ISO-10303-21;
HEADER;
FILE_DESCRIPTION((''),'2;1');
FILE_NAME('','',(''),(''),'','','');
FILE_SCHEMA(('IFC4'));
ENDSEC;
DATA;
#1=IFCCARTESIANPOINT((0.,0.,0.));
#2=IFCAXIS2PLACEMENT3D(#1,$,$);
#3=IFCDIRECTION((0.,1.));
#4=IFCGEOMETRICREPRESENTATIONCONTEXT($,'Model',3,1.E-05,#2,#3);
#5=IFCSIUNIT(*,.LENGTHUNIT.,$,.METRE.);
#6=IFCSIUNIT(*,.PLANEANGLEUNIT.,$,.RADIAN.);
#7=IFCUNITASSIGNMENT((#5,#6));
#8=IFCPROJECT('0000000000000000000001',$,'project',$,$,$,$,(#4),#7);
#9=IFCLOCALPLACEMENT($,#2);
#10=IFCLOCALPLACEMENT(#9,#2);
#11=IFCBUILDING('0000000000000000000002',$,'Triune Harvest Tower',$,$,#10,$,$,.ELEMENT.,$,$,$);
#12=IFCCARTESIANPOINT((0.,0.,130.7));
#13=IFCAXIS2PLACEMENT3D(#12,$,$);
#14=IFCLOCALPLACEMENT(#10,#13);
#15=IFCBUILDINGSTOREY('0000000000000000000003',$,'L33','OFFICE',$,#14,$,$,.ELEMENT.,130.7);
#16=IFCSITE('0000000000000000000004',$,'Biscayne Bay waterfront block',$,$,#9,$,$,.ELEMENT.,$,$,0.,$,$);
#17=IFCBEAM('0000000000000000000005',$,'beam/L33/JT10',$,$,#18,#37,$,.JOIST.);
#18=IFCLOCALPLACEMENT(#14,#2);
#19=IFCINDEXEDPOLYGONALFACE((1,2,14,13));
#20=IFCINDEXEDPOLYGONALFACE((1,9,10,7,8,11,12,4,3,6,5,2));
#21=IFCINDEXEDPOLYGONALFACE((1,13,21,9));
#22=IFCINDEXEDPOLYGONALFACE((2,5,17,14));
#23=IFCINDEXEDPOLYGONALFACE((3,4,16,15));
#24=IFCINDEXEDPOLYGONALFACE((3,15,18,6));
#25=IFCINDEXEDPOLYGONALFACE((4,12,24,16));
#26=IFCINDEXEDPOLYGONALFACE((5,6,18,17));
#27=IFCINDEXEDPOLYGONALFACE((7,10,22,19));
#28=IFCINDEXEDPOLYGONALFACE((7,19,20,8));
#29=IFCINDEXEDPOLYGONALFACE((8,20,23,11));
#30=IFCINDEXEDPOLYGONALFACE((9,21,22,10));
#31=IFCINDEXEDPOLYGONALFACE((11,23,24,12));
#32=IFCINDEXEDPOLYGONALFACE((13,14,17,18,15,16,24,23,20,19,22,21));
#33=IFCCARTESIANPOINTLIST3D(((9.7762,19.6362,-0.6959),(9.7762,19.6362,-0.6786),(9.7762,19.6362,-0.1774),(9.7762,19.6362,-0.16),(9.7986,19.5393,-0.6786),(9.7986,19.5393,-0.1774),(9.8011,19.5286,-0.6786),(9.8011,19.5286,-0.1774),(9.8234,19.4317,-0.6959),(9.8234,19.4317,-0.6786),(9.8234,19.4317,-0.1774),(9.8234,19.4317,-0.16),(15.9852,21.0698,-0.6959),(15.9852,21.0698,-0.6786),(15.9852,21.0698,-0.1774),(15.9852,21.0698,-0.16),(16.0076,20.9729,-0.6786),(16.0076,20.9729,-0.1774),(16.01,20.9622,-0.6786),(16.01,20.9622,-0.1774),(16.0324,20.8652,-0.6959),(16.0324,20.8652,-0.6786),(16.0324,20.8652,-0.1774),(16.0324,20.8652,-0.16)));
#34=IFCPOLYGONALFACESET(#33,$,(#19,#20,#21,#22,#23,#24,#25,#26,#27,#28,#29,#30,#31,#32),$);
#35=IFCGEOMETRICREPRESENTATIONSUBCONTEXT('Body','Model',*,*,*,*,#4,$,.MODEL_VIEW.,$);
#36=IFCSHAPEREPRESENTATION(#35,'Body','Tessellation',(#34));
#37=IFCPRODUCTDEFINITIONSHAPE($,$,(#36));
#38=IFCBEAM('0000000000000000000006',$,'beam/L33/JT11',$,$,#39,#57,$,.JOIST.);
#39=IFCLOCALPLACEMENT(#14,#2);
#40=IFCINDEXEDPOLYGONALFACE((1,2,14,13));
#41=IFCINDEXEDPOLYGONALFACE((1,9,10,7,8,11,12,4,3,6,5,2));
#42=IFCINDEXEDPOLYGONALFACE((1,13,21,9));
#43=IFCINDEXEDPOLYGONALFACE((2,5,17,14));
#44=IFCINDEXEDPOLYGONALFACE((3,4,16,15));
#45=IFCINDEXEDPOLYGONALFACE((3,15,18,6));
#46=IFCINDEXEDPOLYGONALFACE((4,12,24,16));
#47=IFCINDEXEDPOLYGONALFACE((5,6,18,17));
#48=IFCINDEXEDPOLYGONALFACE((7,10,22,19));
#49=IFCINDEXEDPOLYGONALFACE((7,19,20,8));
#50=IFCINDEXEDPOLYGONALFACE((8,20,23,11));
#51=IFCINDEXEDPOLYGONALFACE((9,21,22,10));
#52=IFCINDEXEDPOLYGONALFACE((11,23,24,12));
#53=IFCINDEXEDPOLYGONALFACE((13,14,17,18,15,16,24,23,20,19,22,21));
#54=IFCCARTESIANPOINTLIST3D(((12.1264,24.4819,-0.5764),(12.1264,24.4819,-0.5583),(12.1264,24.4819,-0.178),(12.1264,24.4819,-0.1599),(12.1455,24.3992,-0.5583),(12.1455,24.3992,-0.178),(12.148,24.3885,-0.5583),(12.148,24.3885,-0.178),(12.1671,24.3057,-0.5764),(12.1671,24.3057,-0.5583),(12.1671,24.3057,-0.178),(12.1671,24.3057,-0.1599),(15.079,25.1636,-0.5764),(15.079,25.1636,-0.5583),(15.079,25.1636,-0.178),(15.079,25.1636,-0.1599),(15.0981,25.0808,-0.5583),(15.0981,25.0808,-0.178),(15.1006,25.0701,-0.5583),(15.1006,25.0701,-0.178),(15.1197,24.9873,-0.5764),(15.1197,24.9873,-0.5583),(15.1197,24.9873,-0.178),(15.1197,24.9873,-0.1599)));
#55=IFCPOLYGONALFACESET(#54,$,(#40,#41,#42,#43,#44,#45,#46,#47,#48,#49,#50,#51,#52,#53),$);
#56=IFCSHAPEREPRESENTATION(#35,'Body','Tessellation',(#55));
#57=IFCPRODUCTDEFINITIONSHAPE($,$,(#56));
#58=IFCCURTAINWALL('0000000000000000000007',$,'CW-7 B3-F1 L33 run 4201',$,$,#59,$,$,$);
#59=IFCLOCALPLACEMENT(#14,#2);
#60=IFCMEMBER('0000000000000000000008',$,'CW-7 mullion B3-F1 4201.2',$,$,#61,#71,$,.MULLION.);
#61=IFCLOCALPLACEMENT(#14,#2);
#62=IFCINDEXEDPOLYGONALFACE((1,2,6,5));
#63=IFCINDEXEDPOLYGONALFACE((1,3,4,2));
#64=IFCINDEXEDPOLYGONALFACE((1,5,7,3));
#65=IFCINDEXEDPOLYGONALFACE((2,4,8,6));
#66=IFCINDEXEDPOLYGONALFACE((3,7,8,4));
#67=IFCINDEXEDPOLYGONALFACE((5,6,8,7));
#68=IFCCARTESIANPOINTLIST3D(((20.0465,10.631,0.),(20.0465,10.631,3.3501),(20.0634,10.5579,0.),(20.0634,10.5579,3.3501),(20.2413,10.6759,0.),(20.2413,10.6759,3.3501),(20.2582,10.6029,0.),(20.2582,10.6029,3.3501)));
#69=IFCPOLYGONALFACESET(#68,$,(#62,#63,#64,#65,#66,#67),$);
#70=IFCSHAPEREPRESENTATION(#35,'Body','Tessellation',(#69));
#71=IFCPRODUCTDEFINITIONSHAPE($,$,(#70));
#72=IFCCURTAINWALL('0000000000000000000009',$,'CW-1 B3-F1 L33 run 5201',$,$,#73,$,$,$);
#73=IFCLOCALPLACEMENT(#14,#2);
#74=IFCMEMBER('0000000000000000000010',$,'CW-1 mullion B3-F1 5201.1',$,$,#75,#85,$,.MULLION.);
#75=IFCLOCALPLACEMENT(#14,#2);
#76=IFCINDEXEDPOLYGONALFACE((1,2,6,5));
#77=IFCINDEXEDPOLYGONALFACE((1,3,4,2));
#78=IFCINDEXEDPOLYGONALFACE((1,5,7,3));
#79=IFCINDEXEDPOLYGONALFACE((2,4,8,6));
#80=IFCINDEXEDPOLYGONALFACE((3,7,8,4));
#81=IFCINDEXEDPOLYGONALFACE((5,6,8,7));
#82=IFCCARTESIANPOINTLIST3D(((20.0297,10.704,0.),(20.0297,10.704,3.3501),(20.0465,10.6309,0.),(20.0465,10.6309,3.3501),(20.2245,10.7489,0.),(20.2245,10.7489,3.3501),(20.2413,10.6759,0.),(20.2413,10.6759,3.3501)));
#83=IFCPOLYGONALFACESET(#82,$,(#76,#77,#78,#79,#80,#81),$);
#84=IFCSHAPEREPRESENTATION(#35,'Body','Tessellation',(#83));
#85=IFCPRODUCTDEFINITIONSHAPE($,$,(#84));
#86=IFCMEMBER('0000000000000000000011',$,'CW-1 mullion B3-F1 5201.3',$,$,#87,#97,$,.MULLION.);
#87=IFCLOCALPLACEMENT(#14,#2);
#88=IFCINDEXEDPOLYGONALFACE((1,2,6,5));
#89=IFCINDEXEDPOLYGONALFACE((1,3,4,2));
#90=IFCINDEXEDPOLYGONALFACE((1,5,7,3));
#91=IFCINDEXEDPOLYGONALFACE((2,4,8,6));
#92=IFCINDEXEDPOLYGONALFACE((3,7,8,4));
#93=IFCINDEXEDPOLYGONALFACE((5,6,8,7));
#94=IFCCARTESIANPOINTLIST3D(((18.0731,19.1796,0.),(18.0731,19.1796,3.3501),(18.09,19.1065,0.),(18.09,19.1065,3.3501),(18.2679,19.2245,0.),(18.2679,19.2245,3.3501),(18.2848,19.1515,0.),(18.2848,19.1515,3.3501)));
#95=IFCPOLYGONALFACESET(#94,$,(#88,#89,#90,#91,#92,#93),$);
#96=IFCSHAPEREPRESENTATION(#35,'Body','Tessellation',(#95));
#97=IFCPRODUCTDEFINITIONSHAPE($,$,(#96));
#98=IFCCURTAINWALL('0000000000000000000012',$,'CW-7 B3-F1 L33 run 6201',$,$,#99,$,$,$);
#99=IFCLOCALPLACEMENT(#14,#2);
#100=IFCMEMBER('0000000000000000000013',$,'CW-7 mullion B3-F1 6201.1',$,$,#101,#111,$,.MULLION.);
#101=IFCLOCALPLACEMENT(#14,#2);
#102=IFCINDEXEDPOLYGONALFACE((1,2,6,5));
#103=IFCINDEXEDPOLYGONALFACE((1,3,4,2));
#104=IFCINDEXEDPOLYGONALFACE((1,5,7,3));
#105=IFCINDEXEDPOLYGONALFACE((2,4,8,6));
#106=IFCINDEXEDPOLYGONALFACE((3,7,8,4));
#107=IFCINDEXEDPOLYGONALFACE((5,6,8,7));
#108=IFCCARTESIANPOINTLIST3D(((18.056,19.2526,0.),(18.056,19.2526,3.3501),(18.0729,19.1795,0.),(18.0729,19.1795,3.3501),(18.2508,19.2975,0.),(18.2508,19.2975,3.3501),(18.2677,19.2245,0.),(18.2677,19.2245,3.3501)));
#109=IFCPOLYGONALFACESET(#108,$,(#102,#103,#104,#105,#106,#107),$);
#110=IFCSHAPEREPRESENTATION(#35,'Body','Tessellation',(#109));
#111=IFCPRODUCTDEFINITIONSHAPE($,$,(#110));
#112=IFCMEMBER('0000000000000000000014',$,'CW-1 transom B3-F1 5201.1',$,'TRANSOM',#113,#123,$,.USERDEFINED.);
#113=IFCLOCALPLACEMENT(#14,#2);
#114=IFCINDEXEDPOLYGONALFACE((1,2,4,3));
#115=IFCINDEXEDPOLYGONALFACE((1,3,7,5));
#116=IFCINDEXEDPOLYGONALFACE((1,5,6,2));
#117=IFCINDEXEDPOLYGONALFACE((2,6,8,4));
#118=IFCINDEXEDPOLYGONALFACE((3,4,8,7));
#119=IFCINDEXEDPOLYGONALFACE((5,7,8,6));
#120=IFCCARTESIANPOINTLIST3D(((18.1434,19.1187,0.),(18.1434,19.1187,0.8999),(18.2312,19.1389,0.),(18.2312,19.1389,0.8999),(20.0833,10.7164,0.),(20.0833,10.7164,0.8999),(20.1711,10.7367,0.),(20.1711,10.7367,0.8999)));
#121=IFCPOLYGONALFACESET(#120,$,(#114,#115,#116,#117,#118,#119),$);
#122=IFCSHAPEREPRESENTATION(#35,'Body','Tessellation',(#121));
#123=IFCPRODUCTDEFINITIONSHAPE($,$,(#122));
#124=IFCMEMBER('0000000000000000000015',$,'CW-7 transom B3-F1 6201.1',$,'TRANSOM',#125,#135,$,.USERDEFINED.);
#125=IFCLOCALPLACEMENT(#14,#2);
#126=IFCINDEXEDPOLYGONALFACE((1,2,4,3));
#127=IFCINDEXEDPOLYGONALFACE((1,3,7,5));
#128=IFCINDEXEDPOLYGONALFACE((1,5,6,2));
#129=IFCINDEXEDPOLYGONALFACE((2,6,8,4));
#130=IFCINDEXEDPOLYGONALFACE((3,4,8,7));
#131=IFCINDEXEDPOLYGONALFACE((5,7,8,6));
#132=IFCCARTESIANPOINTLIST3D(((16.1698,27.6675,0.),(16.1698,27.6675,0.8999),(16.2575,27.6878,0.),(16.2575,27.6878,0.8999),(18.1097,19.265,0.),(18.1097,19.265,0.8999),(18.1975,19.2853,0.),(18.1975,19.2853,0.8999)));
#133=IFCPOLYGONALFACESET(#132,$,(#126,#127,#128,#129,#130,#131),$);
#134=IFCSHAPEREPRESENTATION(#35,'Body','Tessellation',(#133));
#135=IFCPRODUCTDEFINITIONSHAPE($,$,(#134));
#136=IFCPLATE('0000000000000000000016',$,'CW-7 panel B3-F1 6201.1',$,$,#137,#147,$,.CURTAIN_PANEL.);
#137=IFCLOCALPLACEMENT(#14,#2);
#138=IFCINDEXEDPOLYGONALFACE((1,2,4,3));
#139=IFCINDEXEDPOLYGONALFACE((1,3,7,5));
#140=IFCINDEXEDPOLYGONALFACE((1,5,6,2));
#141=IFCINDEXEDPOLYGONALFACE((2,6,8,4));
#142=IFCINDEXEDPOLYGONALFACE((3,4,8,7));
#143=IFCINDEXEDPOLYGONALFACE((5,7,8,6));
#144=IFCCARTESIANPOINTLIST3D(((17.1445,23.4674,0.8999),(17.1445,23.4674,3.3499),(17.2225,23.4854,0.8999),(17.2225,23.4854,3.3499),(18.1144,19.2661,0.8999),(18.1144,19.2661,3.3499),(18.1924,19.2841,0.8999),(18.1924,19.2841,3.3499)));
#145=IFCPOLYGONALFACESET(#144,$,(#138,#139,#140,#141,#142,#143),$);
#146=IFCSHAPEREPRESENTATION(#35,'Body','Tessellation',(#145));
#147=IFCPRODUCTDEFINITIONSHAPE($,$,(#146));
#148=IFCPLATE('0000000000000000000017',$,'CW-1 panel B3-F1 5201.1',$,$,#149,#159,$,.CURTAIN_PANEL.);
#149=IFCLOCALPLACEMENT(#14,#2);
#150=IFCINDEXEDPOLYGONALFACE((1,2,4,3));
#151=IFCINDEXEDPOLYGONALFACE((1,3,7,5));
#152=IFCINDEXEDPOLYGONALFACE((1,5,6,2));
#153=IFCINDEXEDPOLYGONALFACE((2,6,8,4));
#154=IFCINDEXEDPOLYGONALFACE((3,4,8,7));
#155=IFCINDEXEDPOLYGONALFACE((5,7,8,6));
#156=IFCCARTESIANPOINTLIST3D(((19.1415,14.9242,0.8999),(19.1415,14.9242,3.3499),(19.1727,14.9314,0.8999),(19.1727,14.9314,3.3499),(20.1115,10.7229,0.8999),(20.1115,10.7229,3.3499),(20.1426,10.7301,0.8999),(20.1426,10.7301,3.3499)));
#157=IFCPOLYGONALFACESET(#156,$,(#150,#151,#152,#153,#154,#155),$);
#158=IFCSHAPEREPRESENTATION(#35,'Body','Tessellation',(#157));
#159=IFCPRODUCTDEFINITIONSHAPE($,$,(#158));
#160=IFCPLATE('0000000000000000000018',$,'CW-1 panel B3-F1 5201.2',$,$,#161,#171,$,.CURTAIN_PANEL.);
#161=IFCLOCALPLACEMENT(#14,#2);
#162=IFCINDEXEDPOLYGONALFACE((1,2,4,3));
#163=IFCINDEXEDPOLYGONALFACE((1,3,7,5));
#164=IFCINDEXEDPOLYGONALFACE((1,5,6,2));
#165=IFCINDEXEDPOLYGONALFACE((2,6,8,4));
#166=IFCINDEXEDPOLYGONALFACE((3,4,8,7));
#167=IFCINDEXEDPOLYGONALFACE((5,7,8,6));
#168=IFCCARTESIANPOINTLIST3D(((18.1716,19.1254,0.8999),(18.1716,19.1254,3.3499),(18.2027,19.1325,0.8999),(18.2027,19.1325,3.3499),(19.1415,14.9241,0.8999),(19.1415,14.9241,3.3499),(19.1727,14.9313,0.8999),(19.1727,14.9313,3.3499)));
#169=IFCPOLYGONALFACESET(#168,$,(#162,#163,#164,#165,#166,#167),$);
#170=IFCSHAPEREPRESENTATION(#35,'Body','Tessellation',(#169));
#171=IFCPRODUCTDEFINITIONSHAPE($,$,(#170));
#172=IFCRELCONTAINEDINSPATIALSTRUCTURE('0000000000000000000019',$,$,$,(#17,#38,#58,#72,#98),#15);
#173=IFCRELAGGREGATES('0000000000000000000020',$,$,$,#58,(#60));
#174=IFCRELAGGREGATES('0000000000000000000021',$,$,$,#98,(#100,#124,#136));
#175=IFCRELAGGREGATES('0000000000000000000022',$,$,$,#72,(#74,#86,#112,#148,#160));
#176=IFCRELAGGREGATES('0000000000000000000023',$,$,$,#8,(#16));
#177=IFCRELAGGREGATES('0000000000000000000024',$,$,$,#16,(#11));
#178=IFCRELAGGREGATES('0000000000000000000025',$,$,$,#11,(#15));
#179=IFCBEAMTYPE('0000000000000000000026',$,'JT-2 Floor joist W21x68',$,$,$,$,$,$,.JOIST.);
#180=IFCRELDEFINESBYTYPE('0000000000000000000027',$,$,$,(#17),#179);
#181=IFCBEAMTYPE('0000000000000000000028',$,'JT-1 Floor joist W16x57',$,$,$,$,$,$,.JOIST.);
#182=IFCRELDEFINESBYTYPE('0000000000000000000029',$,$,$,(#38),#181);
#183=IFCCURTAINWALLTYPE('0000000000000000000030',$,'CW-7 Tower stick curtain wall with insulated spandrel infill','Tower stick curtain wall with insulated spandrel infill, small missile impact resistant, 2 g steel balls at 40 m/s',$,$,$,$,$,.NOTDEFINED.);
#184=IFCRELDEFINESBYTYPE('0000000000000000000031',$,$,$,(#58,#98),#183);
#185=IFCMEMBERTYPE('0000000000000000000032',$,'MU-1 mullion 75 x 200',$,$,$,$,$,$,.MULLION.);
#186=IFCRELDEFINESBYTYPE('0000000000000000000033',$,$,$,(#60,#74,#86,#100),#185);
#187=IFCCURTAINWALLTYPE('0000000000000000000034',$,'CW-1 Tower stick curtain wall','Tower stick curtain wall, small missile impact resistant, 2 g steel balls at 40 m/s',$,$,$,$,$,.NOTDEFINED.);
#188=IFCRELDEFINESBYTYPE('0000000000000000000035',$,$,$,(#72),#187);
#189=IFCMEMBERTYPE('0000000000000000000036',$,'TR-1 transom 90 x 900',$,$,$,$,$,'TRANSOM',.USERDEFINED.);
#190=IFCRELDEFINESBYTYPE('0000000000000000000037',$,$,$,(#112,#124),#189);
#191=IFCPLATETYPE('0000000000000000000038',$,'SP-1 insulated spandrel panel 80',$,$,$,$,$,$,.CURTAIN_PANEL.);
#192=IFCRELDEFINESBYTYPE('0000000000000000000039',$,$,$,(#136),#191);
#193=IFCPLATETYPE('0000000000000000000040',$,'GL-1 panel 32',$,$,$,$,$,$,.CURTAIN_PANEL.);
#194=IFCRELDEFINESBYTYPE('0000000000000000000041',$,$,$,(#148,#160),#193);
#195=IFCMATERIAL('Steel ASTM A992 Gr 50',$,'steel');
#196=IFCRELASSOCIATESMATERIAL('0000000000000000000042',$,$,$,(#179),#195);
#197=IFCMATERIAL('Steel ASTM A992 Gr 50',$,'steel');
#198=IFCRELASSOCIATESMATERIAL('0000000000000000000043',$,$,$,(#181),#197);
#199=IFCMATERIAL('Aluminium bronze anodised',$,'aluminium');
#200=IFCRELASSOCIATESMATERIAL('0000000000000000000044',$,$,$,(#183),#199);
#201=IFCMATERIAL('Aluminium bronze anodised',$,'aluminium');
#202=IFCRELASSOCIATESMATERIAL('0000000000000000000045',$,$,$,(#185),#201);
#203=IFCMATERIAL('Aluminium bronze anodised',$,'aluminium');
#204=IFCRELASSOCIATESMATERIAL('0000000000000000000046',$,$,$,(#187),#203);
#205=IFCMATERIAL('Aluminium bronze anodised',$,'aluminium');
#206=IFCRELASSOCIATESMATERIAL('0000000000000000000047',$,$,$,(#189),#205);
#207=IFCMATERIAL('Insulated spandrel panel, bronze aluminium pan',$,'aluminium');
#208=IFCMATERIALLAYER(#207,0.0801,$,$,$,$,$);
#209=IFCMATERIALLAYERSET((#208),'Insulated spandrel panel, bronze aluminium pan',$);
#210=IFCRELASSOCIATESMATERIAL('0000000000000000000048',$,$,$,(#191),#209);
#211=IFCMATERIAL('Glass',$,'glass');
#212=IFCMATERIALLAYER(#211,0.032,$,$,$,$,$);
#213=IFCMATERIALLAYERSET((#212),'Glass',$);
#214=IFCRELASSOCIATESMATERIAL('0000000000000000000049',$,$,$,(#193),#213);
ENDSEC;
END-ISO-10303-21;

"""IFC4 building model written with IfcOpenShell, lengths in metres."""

from ifc_helpers import new_model, si_unit, direction, frame, origin, origin_2d, place, context, subcontext, project, spatial, rectangle, i_section, extrude, source, transform, mapped, material, layer, layer_set, material_profile, profile_set, type_object, element, aggregate, save


model = new_model("IFC4")

# Units and contexts
model_context = context("Model", 3, precision=1e-05, world=origin(), true_north=direction((0.0, 1.0)))
body_context = subcontext(model_context, "Body", "Model", "MODEL_VIEW")
ifc_project = project(units=[si_unit("LENGTHUNIT", "METRE"), si_unit("PLANEANGLEUNIT", "RADIAN")], contexts=[model_context])

# Site, building, storey
site_placement = place(None, origin())
site = spatial("IfcSite", under=ifc_project, at=site_placement, Name="Biscayne Bay waterfront block", CompositionType="ELEMENT", RefElevation=0.0)
building_placement = place(site_placement, origin())
building = spatial("IfcBuilding", under=site, at=building_placement, Name="Triune Harvest Tower", CompositionType="ELEMENT")
storey_placement = place(building_placement, frame((0.0, 0.0, 130.7)))
storey = spatial("IfcBuildingStorey", under=building, at=storey_placement, Name="L33", Description="OFFICE", CompositionType="ELEMENT", Elevation=130.7)

# Beams
ifc_material_1 = material(Name="Steel ASTM A992 Gr 50", Category="steel")
ifc_material_profile_1 = material_profile(ifc_material_1, i_section(OverallWidth=0.21, OverallDepth=0.5359, WebThickness=0.011, FlangeThickness=0.0173, at=origin_2d()), Name="W21x68")
ifc_profile_set_1 = profile_set([ifc_material_profile_1], Name="Steel ASTM A992 Gr 50")
beam_type_1 = type_object("IfcBeamType", Name="JT-2 Floor joist W21x68", PredefinedType="JOIST", material=ifc_profile_set_1)
shared_shape_1 = source(origin(), body_context, "Body", "SweptSolid", [
    extrude(i_section(OverallWidth=0.21, OverallDepth=0.5359, WebThickness=0.011, FlangeThickness=0.0173, at=origin_2d()), origin(), (0.0, 0.0, 1.0), 6.3723),
])
beam_1_placement = place(storey_placement, frame((16.0088, 20.9675, -0.428), z_axis=(-0.974365, -0.224971, 0.0), x_axis=(0.224971, -0.974365, 0.0)))
element("IfcBeam", 1, at=beam_1_placement, inside=storey, type_object=beam_type_1, Name="beam/L33/JT10", PredefinedType="JOIST", context=body_context, shape_type="MappedRepresentation", body=[
    mapped(shared_shape_1, transform((0.0, 0.0, 0.0), scale=1.0)),
])
ifc_material_2 = material(Name="Steel ASTM A992 Gr 50", Category="steel")
ifc_material_profile_2 = material_profile(ifc_material_2, i_section(OverallWidth=0.1809, OverallDepth=0.4165, WebThickness=0.011, FlangeThickness=0.0181, at=origin_2d()), Name="W16x57")
ifc_profile_set_2 = profile_set([ifc_material_profile_2], Name="Steel ASTM A992 Gr 50")
beam_type_2 = type_object("IfcBeamType", Name="JT-1 Floor joist W16x57", PredefinedType="JOIST", material=ifc_profile_set_2)
shared_shape_2 = source(origin(), body_context, "Body", "SweptSolid", [
    extrude(i_section(OverallWidth=0.1809, OverallDepth=0.4165, WebThickness=0.011, FlangeThickness=0.0181, at=origin_2d()), origin(), (0.0, 0.0, 1.0), 3.0303),
])
beam_2_placement = place(storey_placement, frame((15.0994, 25.0754, -0.3682), z_axis=(-0.974372, -0.224942, 0.0), x_axis=(0.224942, -0.974372, 0.0)))
element("IfcBeam", 2, at=beam_2_placement, inside=storey, type_object=beam_type_2, Name="beam/L33/JT11", PredefinedType="JOIST", context=body_context, shape_type="MappedRepresentation", body=[
    mapped(shared_shape_2, transform((0.0, 0.0, 0.0), scale=1.0)),
])

# Curtain wall, member
ifc_material_3 = material(Name="Aluminium bronze anodised", Category="aluminium")
curtain_wall_type_1 = type_object("IfcCurtainWallType", Name="CW-7 Tower stick curtain wall with insulated spandrel infill", Description="Tower stick curtain wall with insulated spandrel infill, small missile impact resistant, 2 g steel balls at 40 m/s", PredefinedType="NOTDEFINED", material=ifc_material_3)
curtain_wall_1_placement = place(storey_placement, origin())
curtain_wall_1 = element("IfcCurtainWall", 3, at=curtain_wall_1_placement, inside=storey, type_object=curtain_wall_type_1, Name="CW-7 B3-F1 L33 run 4201")
ifc_material_4 = material(Name="Aluminium bronze anodised", Category="aluminium")
ifc_material_profile_3 = material_profile(ifc_material_4, rectangle(XDim=0.2, YDim=0.075, at=origin_2d()), Name="MU-1 mullion 75 x 200")
ifc_profile_set_3 = profile_set([ifc_material_profile_3], Name="Aluminium bronze anodised")
member_type_1 = type_object("IfcMemberType", Name="MU-1 mullion 75 x 200", PredefinedType="MULLION", material=ifc_profile_set_3)
shared_shape_3 = source(origin(), body_context, "Body", "SweptSolid", [
    extrude(rectangle(XDim=0.2, YDim=0.075, at=origin_2d()), origin(), (0.0, 0.0, 1.0), 3.3501),
])
member_1_placement = place(storey_placement, frame((20.1523, 10.6169, 0.0), z_axis=(0.0, 0.0, 1.0), x_axis=(-0.97437, -0.224951, 0.0)))
member_1 = element("IfcMember", 4, at=member_1_placement, type_object=member_type_1, Name="CW-7 mullion B3-F1 4201.2", PredefinedType="MULLION", context=body_context, shape_type="MappedRepresentation", body=[
    mapped(shared_shape_3, transform((0.0, 0.0, 0.0), scale=1.0)),
])
aggregate(curtain_wall_1, [member_1])

# Curtain wall, members
ifc_material_5 = material(Name="Aluminium bronze anodised", Category="aluminium")
curtain_wall_type_2 = type_object("IfcCurtainWallType", Name="CW-1 Tower stick curtain wall", Description="Tower stick curtain wall, small missile impact resistant, 2 g steel balls at 40 m/s", PredefinedType="NOTDEFINED", material=ifc_material_5)
curtain_wall_2_placement = place(storey_placement, origin())
curtain_wall_2 = element("IfcCurtainWall", 5, at=curtain_wall_2_placement, inside=storey, type_object=curtain_wall_type_2, Name="CW-1 B3-F1 L33 run 5201")
member_2_placement = place(storey_placement, frame((20.1355, 10.6899, 0.0), z_axis=(0.0, 0.0, 1.0), x_axis=(-0.97437, -0.224951, 0.0)))
member_2 = element("IfcMember", 6, at=member_2_placement, type_object=member_type_1, Name="CW-1 mullion B3-F1 5201.1", PredefinedType="MULLION", context=body_context, shape_type="MappedRepresentation", body=[
    mapped(shared_shape_3, transform((0.0, 0.0, 0.0), scale=1.0)),
])
member_3_placement = place(storey_placement, frame((18.179, 19.1655, 0.0), z_axis=(0.0, 0.0, 1.0), x_axis=(-0.97437, -0.224951, 0.0)))
member_3 = element("IfcMember", 7, at=member_3_placement, type_object=member_type_1, Name="CW-1 mullion B3-F1 5201.3", PredefinedType="MULLION", context=body_context, shape_type="MappedRepresentation", body=[
    mapped(shared_shape_3, transform((0.0, 0.0, 0.0), scale=1.0)),
])

# Curtain wall, member
curtain_wall_3_placement = place(storey_placement, origin())
curtain_wall_3 = element("IfcCurtainWall", 8, at=curtain_wall_3_placement, inside=storey, type_object=curtain_wall_type_1, Name="CW-7 B3-F1 L33 run 6201")
member_4_placement = place(storey_placement, frame((18.1619, 19.2385, 0.0), z_axis=(0.0, 0.0, 1.0), x_axis=(-0.974371, -0.224949, 0.0)))
member_4 = element("IfcMember", 9, at=member_4_placement, type_object=member_type_1, Name="CW-7 mullion B3-F1 6201.1", PredefinedType="MULLION", context=body_context, shape_type="MappedRepresentation", body=[
    mapped(shared_shape_3, transform((0.0, 0.0, 0.0), scale=1.0)),
])

# Members
ifc_material_6 = material(Name="Aluminium bronze anodised", Category="aluminium")
ifc_material_profile_4 = material_profile(ifc_material_6, rectangle(XDim=0.0901, YDim=0.8999, at=origin_2d()), Name="TR-1 transom 90 x 900")
ifc_profile_set_4 = profile_set([ifc_material_profile_4], Name="Aluminium bronze anodised")
member_type_2 = type_object("IfcMemberType", Name="TR-1 transom 90 x 900", ElementType="TRANSOM", PredefinedType="USERDEFINED", material=ifc_profile_set_4)
shared_shape_4 = source(origin(), body_context, "Body", "SweptSolid", [
    extrude(rectangle(XDim=0.0901, YDim=0.8999, at=origin_2d()), origin(), (0.0, 0.0, 1.0), 8.6233),
])
member_5_placement = place(storey_placement, frame((20.1272, 10.7266, 0.45), z_axis=(-0.224963, 0.974367, 0.0), x_axis=(-0.974367, -0.224963, 0.0)))
member_5 = element("IfcMember", 10, at=member_5_placement, type_object=member_type_2, Name="CW-1 transom B3-F1 5201.1", ObjectType="TRANSOM", PredefinedType="USERDEFINED", context=body_context, shape_type="MappedRepresentation", body=[
    mapped(shared_shape_4, transform((0.0, 0.0, 0.0), scale=1.0)),
])
shared_shape_5 = source(origin(), body_context, "Body", "SweptSolid", [
    extrude(rectangle(XDim=0.0901, YDim=0.8999, at=origin_2d()), origin(), (0.0, 0.0, 1.0), 8.6235),
])
member_6_placement = place(storey_placement, frame((18.1536, 19.2751, 0.45), z_axis=(-0.224957, 0.974369, 0.0), x_axis=(-0.974369, -0.224957, 0.0)))
member_6 = element("IfcMember", 11, at=member_6_placement, type_object=member_type_2, Name="CW-7 transom B3-F1 6201.1", ObjectType="TRANSOM", PredefinedType="USERDEFINED", context=body_context, shape_type="MappedRepresentation", body=[
    mapped(shared_shape_5, transform((0.0, 0.0, 0.0), scale=1.0)),
])

# Plates
ifc_material_7 = material(Name="Insulated spandrel panel, bronze aluminium pan", Category="aluminium")
ifc_layer_1 = layer(ifc_material_7, 0.0801)
ifc_layer_set_1 = layer_set([ifc_layer_1], Name="Insulated spandrel panel, bronze aluminium pan")
plate_type_1 = type_object("IfcPlateType", Name="SP-1 insulated spandrel panel 80", PredefinedType="CURTAIN_PANEL", material=ifc_layer_set_1)
shared_shape_6 = source(origin(), body_context, "Body", "SweptSolid", [
    extrude(rectangle(XDim=4.3118, YDim=0.0801, at=origin_2d()), origin(), (0.0, 0.0, 1.0), 2.45),
])
plate_1_placement = place(storey_placement, frame((17.6685, 21.3757, 0.8999), z_axis=(0.0, 0.0, 1.0), x_axis=(-0.224949, 0.974371, 0.0)))
plate_1 = element("IfcPlate", 12, at=plate_1_placement, type_object=plate_type_1, Name="CW-7 panel B3-F1 6201.1", PredefinedType="CURTAIN_PANEL", context=body_context, shape_type="MappedRepresentation", body=[
    mapped(shared_shape_6, transform((0.0, 0.0, 0.0), scale=1.0)),
])
aggregate(curtain_wall_3, [member_4, member_6, plate_1])
ifc_material_8 = material(Name="Glass", Category="glass")
ifc_layer_2 = layer(ifc_material_8, 0.032)
ifc_layer_set_2 = layer_set([ifc_layer_2], Name="Glass")
plate_type_2 = type_object("IfcPlateType", Name="GL-1 panel 32", PredefinedType="CURTAIN_PANEL", material=ifc_layer_set_2)
shared_shape_7 = source(origin(), body_context, "Body", "SweptSolid", [
    extrude(rectangle(XDim=4.3118, YDim=0.032, at=origin_2d()), origin(), (0.0, 0.0, 1.0), 2.45),
])
plate_2_placement = place(storey_placement, frame((19.6421, 12.8271, 0.8999), z_axis=(0.0, 0.0, 1.0), x_axis=(-0.224951, 0.97437, 0.0)))
plate_2 = element("IfcPlate", 13, at=plate_2_placement, type_object=plate_type_2, Name="CW-1 panel B3-F1 5201.1", PredefinedType="CURTAIN_PANEL", context=body_context, shape_type="MappedRepresentation", body=[
    mapped(shared_shape_7, transform((0.0, 0.0, 0.0), scale=1.0)),
])
plate_3_placement = place(storey_placement, frame((18.6721, 17.0283, 0.8999), z_axis=(0.0, 0.0, 1.0), x_axis=(-0.224951, 0.97437, 0.0)))
plate_3 = element("IfcPlate", 14, at=plate_3_placement, type_object=plate_type_2, Name="CW-1 panel B3-F1 5201.2", PredefinedType="CURTAIN_PANEL", context=body_context, shape_type="MappedRepresentation", body=[
    mapped(shared_shape_7, transform((0.0, 0.0, 0.0), scale=1.0)),
])
aggregate(curtain_wall_2, [member_2, member_3, member_5, plate_2, plate_3])

save(model, "model.ifc")
